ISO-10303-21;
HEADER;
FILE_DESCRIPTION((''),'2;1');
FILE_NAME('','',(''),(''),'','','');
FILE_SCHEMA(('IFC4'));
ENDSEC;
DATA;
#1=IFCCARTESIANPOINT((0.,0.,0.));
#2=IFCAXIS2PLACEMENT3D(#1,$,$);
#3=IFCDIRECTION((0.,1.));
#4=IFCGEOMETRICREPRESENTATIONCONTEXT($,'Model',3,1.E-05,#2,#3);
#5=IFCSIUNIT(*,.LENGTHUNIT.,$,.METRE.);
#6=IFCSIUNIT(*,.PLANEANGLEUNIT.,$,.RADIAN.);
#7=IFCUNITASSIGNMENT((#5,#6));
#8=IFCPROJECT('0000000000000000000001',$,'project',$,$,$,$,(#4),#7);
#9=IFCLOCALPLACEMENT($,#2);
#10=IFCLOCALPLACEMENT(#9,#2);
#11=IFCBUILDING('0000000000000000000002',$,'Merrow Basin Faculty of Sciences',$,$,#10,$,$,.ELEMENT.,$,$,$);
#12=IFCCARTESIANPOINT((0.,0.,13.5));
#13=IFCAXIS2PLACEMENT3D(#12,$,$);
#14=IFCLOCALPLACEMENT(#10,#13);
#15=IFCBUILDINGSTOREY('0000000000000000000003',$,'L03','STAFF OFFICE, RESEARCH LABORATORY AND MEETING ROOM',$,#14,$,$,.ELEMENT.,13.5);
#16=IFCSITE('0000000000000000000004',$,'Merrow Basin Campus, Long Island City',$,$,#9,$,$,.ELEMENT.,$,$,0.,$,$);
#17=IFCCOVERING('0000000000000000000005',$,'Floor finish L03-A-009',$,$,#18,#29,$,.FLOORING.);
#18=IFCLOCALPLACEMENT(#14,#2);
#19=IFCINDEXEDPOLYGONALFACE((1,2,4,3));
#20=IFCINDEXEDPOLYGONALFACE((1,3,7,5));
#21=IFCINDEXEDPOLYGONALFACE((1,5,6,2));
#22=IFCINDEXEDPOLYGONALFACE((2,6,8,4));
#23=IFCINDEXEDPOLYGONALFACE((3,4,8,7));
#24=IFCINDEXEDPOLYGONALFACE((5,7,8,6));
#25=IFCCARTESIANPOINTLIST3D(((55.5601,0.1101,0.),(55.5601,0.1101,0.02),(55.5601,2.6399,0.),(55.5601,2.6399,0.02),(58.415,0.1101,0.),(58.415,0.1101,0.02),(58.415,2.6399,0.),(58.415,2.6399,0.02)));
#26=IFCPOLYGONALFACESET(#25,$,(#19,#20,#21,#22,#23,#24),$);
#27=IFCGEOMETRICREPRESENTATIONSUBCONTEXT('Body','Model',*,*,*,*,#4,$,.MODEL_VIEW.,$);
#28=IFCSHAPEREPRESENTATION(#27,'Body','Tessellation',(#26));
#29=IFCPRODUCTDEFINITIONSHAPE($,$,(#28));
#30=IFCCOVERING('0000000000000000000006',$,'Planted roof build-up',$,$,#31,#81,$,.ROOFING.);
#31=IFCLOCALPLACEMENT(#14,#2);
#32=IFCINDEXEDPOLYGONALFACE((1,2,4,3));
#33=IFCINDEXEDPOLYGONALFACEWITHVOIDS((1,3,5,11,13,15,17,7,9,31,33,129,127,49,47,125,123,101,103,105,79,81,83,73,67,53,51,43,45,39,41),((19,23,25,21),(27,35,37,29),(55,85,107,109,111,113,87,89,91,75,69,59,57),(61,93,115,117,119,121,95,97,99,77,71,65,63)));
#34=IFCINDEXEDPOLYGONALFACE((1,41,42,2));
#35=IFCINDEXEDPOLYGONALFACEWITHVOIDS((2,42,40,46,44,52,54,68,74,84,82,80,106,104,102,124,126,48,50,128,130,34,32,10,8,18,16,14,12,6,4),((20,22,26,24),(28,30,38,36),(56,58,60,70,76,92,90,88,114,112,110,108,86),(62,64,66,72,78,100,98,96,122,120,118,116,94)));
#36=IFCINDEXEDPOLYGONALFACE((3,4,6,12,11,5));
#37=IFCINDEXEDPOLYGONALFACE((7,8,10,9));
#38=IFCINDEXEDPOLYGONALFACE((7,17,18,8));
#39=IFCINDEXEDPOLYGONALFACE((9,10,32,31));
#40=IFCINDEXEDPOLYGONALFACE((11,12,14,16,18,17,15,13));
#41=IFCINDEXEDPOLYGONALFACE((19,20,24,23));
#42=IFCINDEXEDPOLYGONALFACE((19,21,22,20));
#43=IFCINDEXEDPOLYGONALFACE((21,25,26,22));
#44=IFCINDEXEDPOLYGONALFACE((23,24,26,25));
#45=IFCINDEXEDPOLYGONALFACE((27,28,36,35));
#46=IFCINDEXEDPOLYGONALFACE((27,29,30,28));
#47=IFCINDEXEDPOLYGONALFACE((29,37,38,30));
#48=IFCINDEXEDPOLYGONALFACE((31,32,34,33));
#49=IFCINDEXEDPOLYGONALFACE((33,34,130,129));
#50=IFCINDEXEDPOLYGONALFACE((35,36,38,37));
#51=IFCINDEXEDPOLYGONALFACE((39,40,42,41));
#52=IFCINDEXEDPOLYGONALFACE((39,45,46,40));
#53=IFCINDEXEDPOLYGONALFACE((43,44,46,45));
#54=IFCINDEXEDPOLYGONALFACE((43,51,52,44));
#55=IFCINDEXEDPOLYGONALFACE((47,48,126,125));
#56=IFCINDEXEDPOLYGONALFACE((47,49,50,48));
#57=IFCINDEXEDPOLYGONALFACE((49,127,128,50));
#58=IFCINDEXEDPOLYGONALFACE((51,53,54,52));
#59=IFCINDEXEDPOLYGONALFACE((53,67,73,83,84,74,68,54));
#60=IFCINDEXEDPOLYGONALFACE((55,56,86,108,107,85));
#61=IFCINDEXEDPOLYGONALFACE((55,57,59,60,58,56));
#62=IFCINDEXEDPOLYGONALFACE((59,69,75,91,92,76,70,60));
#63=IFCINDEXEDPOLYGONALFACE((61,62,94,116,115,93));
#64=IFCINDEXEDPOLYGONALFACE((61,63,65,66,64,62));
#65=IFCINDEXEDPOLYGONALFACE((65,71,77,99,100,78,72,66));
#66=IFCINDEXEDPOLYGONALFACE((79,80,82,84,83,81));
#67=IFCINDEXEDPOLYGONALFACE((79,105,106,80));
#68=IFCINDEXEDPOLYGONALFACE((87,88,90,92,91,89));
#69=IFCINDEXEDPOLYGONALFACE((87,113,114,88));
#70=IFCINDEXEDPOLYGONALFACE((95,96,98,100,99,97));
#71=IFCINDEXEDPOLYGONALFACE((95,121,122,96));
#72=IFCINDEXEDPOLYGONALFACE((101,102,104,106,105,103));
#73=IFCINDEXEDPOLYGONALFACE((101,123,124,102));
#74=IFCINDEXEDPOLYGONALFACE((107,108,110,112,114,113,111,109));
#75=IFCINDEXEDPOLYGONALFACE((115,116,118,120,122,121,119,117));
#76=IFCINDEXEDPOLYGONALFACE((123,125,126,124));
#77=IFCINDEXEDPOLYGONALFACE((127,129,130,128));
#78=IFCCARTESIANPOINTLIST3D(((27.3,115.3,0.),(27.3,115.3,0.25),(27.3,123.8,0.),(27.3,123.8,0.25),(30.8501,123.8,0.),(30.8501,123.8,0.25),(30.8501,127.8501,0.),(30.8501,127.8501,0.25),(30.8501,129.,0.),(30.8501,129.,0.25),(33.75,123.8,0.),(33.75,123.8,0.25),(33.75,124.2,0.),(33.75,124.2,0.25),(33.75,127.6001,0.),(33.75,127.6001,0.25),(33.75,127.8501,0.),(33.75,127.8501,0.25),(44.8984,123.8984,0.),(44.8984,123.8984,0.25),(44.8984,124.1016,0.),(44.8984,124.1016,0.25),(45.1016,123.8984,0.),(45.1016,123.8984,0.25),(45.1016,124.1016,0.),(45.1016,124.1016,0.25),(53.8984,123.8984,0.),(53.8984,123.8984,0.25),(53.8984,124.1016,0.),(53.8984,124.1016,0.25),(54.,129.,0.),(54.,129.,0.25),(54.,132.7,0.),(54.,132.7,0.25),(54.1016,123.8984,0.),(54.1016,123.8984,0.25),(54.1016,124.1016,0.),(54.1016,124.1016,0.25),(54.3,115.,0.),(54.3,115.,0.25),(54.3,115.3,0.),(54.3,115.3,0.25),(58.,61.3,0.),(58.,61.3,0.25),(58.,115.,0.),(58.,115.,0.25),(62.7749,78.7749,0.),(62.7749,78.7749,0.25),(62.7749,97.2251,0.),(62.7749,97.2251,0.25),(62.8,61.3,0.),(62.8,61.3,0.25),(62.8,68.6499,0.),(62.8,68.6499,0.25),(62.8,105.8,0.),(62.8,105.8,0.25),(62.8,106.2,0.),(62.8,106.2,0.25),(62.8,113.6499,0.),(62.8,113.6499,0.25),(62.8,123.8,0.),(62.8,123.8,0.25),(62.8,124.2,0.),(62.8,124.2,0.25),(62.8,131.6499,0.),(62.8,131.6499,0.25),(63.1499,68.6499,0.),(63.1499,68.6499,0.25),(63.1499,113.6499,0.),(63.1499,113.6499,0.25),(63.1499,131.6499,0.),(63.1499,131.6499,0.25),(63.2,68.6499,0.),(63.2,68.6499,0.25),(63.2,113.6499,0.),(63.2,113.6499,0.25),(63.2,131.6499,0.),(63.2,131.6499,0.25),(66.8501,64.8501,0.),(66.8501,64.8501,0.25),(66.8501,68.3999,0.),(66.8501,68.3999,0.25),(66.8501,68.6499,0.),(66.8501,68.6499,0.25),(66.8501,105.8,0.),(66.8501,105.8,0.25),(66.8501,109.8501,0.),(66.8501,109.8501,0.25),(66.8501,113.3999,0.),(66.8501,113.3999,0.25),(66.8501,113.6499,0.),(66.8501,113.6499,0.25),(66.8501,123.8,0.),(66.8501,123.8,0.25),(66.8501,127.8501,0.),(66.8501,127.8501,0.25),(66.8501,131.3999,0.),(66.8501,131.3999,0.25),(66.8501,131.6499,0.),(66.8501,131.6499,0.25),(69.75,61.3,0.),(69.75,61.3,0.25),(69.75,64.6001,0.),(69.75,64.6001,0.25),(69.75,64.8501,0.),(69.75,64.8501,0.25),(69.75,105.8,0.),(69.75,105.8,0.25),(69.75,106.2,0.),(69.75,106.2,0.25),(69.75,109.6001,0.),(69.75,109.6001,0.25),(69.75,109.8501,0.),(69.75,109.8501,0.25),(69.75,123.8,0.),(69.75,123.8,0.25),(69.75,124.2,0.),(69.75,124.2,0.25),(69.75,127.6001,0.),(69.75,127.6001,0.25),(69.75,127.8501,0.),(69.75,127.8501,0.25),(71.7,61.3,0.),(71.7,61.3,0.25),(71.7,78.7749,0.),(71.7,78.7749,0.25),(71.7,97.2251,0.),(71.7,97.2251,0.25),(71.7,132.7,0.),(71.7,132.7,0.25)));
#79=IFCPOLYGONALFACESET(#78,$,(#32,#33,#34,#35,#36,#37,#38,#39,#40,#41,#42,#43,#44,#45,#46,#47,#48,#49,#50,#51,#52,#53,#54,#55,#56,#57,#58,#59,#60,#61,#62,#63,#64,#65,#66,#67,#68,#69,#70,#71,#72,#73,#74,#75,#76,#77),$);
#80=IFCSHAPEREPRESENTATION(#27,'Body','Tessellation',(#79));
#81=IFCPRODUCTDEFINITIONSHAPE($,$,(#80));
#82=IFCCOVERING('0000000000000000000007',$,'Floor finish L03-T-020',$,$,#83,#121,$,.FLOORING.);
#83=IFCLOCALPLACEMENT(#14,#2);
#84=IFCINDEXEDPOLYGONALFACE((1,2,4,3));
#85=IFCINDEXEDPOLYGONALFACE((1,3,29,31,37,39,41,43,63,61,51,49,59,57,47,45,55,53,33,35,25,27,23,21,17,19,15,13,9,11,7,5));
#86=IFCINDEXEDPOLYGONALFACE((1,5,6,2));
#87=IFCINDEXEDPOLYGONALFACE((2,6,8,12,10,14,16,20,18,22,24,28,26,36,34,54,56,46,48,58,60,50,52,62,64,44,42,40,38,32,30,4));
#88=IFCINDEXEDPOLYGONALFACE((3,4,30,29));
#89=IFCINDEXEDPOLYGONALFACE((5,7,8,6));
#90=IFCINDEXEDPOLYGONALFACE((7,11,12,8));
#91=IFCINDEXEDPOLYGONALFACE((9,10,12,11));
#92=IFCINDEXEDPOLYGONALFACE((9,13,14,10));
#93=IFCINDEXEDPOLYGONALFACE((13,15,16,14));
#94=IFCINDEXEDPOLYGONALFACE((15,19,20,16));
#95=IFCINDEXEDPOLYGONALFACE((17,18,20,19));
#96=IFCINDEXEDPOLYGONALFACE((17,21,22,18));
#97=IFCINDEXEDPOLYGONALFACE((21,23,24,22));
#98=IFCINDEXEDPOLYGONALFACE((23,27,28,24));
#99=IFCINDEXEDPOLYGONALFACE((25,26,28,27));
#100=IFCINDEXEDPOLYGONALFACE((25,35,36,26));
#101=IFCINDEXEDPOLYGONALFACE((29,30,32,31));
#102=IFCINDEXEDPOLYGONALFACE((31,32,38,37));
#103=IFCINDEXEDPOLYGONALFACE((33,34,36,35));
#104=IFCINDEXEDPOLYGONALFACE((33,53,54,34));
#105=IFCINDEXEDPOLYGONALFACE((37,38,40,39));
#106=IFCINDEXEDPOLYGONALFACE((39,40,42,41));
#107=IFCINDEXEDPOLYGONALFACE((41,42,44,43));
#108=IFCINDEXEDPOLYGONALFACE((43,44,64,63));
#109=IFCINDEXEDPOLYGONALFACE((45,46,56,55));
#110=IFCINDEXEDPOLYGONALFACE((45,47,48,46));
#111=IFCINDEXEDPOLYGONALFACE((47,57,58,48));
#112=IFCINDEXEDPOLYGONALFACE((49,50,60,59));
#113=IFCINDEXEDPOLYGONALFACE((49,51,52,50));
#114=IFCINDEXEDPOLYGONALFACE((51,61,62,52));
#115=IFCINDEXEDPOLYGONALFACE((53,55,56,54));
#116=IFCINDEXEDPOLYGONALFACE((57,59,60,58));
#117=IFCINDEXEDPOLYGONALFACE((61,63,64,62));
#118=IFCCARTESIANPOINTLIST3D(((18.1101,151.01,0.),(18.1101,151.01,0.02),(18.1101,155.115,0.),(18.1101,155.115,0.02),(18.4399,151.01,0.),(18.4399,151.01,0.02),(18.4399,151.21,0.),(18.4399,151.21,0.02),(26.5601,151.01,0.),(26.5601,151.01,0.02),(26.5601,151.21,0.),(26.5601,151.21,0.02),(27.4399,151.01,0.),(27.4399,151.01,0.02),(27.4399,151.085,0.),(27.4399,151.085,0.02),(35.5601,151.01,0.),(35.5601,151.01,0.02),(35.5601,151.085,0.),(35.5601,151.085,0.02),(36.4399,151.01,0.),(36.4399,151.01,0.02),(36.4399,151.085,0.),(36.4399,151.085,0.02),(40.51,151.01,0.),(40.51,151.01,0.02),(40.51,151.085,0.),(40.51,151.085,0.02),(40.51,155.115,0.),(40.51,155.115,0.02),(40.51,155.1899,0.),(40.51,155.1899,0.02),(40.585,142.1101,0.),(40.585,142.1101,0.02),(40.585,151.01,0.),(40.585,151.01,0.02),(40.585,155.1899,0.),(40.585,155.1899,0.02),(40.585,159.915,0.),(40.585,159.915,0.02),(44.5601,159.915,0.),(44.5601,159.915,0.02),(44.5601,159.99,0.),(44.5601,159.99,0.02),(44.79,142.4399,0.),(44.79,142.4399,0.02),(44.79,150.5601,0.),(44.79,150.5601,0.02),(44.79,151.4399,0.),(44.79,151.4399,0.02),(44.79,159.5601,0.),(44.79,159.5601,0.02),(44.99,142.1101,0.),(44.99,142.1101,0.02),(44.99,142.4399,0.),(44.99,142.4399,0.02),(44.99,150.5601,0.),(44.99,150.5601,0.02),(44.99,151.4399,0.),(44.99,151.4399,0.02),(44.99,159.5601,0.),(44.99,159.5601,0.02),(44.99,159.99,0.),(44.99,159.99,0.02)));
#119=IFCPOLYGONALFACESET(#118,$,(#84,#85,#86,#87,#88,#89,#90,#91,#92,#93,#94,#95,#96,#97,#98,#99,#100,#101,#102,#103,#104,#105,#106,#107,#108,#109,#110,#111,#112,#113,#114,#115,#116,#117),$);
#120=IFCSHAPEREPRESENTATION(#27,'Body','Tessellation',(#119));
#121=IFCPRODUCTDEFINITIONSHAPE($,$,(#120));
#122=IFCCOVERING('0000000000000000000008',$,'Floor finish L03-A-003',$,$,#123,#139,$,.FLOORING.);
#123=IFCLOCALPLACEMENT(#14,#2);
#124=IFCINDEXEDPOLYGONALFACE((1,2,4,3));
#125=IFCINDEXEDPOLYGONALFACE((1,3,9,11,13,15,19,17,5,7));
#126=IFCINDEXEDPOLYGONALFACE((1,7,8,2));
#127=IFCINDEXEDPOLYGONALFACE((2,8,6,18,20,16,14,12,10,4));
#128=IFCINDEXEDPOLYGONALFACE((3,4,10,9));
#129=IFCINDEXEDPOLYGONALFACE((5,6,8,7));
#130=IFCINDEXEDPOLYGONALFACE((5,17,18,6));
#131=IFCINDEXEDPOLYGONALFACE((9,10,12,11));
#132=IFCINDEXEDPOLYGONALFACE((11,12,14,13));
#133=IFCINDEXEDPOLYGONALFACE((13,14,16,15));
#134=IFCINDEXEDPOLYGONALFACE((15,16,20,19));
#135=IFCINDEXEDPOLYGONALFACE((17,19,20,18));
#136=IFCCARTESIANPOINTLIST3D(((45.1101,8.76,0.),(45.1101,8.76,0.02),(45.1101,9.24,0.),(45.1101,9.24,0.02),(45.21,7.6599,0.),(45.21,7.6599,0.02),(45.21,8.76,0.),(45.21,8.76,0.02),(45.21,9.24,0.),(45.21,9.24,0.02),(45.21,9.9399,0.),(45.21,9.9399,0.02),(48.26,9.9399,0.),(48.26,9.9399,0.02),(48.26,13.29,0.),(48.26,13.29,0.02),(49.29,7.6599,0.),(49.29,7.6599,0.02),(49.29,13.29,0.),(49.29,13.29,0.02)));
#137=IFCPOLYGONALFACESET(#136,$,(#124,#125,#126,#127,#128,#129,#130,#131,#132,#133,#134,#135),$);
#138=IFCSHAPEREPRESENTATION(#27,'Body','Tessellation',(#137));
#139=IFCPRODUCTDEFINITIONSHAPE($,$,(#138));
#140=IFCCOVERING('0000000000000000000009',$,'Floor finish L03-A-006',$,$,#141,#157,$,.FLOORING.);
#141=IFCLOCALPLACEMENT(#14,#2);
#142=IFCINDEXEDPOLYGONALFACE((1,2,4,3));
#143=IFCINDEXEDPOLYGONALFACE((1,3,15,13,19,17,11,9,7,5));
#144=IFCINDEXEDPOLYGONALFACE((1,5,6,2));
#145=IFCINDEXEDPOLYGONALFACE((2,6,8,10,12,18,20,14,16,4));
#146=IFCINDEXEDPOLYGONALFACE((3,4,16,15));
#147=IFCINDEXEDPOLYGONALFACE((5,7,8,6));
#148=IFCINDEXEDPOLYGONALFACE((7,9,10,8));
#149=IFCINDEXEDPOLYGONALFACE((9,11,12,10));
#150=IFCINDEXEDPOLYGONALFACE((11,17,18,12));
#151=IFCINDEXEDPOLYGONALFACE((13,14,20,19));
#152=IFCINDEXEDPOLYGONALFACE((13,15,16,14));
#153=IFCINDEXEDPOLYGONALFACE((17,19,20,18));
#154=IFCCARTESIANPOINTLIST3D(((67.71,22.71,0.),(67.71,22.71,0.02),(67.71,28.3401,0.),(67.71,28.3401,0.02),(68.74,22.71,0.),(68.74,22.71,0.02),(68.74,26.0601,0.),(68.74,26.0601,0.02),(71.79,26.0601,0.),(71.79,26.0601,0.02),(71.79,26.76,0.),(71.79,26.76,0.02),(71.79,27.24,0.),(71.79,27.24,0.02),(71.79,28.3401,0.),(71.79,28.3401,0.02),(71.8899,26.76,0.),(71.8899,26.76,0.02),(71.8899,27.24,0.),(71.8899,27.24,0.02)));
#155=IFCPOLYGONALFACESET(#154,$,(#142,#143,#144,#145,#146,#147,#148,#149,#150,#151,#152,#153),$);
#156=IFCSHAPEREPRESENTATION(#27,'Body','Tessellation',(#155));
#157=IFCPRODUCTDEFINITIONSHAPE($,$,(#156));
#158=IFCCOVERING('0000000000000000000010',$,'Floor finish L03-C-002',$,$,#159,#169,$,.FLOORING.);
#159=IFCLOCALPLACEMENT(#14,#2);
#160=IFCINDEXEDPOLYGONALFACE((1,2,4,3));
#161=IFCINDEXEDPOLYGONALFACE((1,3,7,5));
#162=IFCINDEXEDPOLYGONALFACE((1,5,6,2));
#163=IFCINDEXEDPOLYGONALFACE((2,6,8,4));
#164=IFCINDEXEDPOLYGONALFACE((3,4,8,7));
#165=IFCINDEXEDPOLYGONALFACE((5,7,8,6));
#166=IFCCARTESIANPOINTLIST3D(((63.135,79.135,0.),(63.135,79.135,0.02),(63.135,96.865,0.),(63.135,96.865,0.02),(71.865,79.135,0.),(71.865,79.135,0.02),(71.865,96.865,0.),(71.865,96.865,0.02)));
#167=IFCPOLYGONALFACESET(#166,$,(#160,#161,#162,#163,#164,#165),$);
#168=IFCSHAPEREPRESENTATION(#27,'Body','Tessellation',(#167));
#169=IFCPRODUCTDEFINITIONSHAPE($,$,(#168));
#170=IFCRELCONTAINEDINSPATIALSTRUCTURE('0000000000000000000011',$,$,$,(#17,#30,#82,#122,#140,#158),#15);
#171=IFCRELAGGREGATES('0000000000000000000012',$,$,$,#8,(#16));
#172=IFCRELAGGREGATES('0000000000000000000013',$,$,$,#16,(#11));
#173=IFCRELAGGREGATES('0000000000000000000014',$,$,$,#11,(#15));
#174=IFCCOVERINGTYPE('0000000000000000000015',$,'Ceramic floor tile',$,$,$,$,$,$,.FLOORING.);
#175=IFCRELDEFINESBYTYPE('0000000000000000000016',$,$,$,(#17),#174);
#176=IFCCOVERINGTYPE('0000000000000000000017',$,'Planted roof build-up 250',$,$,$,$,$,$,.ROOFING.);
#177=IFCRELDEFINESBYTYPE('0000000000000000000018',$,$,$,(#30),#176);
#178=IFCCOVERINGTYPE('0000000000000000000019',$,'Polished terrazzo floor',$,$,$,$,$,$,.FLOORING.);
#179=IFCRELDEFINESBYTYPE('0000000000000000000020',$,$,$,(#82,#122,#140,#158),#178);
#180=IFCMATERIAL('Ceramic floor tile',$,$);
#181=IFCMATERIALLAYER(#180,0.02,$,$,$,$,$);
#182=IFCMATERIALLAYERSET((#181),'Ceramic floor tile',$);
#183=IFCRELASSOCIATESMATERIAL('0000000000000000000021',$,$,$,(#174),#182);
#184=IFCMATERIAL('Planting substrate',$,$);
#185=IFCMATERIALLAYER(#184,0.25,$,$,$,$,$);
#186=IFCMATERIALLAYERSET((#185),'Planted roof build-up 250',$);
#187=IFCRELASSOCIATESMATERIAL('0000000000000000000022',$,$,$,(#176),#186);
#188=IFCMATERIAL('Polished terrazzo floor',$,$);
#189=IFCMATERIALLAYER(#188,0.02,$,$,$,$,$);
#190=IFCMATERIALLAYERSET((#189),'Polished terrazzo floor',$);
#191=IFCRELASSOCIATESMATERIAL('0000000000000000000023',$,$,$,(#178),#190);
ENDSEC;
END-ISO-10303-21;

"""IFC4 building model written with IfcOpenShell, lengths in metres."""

from ifc_helpers import new_model, si_unit, direction, frame, origin, place, context, subcontext, project, spatial, polyline, outline, extrude, material, layer, layer_set, type_object, element, save


model = new_model("IFC4")

# Units and contexts
model_context = context("Model", 3, precision=1e-05, world=origin(), true_north=direction((0.0, 1.0)))
body_context = subcontext(model_context, "Body", "Model", "MODEL_VIEW")
ifc_project = project(units=[si_unit("LENGTHUNIT", "METRE"), si_unit("PLANEANGLEUNIT", "RADIAN")], contexts=[model_context])

# Site, building, storey
site_placement = place(None, origin())
site = spatial("IfcSite", under=ifc_project, at=site_placement, Name="Merrow Basin Campus, Long Island City", CompositionType="ELEMENT", RefElevation=0.0)
building_placement = place(site_placement, origin())
building = spatial("IfcBuilding", under=site, at=building_placement, Name="Merrow Basin Faculty of Sciences", CompositionType="ELEMENT")
storey_placement = place(building_placement, frame((0.0, 0.0, 13.5)))
storey = spatial("IfcBuildingStorey", under=building, at=storey_placement, Name="L03", Description="STAFF OFFICE, RESEARCH LABORATORY AND MEETING ROOM", CompositionType="ELEMENT", Elevation=13.5)

# Coverings
ifc_material_1 = material(Name="Ceramic floor tile")
ifc_layer_1 = layer(ifc_material_1, 0.02)
ifc_layer_set_1 = layer_set([ifc_layer_1], Name="Ceramic floor tile")
covering_type_1 = type_object("IfcCoveringType", Name="Ceramic floor tile", PredefinedType="FLOORING", material=ifc_layer_set_1)
covering_1_placement = place(storey_placement, origin())
element("IfcCovering", 1, at=covering_1_placement, inside=storey, type_object=covering_type_1, Name="Floor finish L03-A-009", PredefinedType="FLOORING", context=body_context, shape_type="SweptSolid", body=[
    extrude(outline(polyline([(55.5601, 0.1101), (55.5601, 2.6399), (58.415, 2.6399), (58.415, 0.1101), (55.5601, 0.1101)])), origin(), (0.0, 0.0, 1.0), 0.02),
])
ifc_material_2 = material(Name="Planting substrate")
ifc_layer_2 = layer(ifc_material_2, 0.25)
ifc_layer_set_2 = layer_set([ifc_layer_2], Name="Planted roof build-up 250")
covering_type_2 = type_object("IfcCoveringType", Name="Planted roof build-up 250", PredefinedType="ROOFING", material=ifc_layer_set_2)
covering_2_placement = place(storey_placement, origin())
element("IfcCovering", 2, at=covering_2_placement, inside=storey, type_object=covering_type_2, Name="Planted roof build-up", PredefinedType="ROOFING", context=body_context, shape_type="SweptSolid", body=[
    extrude(outline(polyline([(62.7749, 97.2251), (62.7749, 78.7749), (71.7, 78.7749), (71.7, 61.3), (69.75, 61.3), (69.75, 64.6001), (69.75, 64.8501), (66.8501, 64.8501), (66.8501, 68.3999), (66.8501, 68.6499), (63.2, 68.6499), (63.1499, 68.6499), (62.8, 68.6499), (62.8, 61.3), (58.0, 61.3), (58.0, 115.0), (54.3, 115.0), (54.3, 115.3), (27.3, 115.3), (27.3, 123.8), (30.8501, 123.8), (33.75, 123.8), (33.75, 124.2), (33.75, 127.6001), (33.75, 127.8501), (30.8501, 127.8501), (30.8501, 129.0), (54.0, 129.0), (54.0, 132.7), (71.7, 132.7), (71.7, 97.2251), (62.7749, 97.2251)]), holes=[polyline([(44.8984, 124.1016), (44.8984, 123.8984), (45.1016, 123.8984), (45.1016, 124.1016), (44.8984, 124.1016)]), polyline([(53.8984, 124.1016), (53.8984, 123.8984), (54.1016, 123.8984), (54.1016, 124.1016), (53.8984, 124.1016)]), polyline([(62.8, 131.6499), (62.8, 124.2), (62.8, 123.8), (66.8501, 123.8), (69.75, 123.8), (69.75, 124.2), (69.75, 127.6001), (69.75, 127.8501), (66.8501, 127.8501), (66.8501, 131.3999), (66.8501, 131.6499), (63.2, 131.6499), (63.1499, 131.6499), (62.8, 131.6499)]), polyline([(62.8, 106.2), (62.8, 105.8), (66.8501, 105.8), (69.75, 105.8), (69.75, 106.2), (69.75, 109.6001), (69.75, 109.8501), (66.8501, 109.8501), (66.8501, 113.3999), (66.8501, 113.6499), (63.2, 113.6499), (63.1499, 113.6499), (62.8, 113.6499), (62.8, 106.2)])]), origin(), (0.0, 0.0, 1.0), 0.25),
])
ifc_material_3 = material(Name="Polished terrazzo floor")
ifc_layer_3 = layer(ifc_material_3, 0.02)
ifc_layer_set_3 = layer_set([ifc_layer_3], Name="Polished terrazzo floor")
covering_type_3 = type_object("IfcCoveringType", Name="Polished terrazzo floor", PredefinedType="FLOORING", material=ifc_layer_set_3)
covering_3_placement = place(storey_placement, origin())
element("IfcCovering", 3, at=covering_3_placement, inside=storey, type_object=covering_type_3, Name="Floor finish L03-T-020", PredefinedType="FLOORING", context=body_context, shape_type="SweptSolid", body=[
    extrude(outline(polyline([(44.99, 159.5601), (44.79, 159.5601), (44.79, 151.4399), (44.99, 151.4399), (44.99, 150.5601), (44.79, 150.5601), (44.79, 142.4399), (44.99, 142.4399), (44.99, 142.1101), (40.585, 142.1101), (40.585, 151.01), (40.51, 151.01), (40.51, 151.085), (36.4399, 151.085), (36.4399, 151.01), (35.5601, 151.01), (35.5601, 151.085), (27.4399, 151.085), (27.4399, 151.01), (26.5601, 151.01), (26.5601, 151.21), (18.4399, 151.21), (18.4399, 151.01), (18.1101, 151.01), (18.1101, 155.115), (40.51, 155.115), (40.51, 155.1899), (40.585, 155.1899), (40.585, 159.915), (44.5601, 159.915), (44.5601, 159.99), (44.99, 159.99), (44.99, 159.5601)])), origin(), (0.0, 0.0, 1.0), 0.02),
])
covering_4_placement = place(storey_placement, origin())
element("IfcCovering", 4, at=covering_4_placement, inside=storey, type_object=covering_type_3, Name="Floor finish L03-A-003", PredefinedType="FLOORING", context=body_context, shape_type="SweptSolid", body=[
    extrude(outline(polyline([(45.1101, 9.24), (45.21, 9.24), (45.21, 9.9399), (48.26, 9.9399), (48.26, 13.29), (49.29, 13.29), (49.29, 7.6599), (45.21, 7.6599), (45.21, 8.76), (45.1101, 8.76), (45.1101, 9.24)])), origin(), (0.0, 0.0, 1.0), 0.02),
])
covering_5_placement = place(storey_placement, origin())
element("IfcCovering", 5, at=covering_5_placement, inside=storey, type_object=covering_type_3, Name="Floor finish L03-A-006", PredefinedType="FLOORING", context=body_context, shape_type="SweptSolid", body=[
    extrude(outline(polyline([(71.8899, 26.76), (71.79, 26.76), (71.79, 26.0601), (68.74, 26.0601), (68.74, 22.71), (67.71, 22.71), (67.71, 28.3401), (71.79, 28.3401), (71.79, 27.24), (71.8899, 27.24), (71.8899, 26.76)])), origin(), (0.0, 0.0, 1.0), 0.02),
])
covering_6_placement = place(storey_placement, origin())
element("IfcCovering", 6, at=covering_6_placement, inside=storey, type_object=covering_type_3, Name="Floor finish L03-C-002", PredefinedType="FLOORING", context=body_context, shape_type="SweptSolid", body=[
    extrude(outline(polyline([(71.865, 79.135), (63.135, 79.135), (63.135, 96.865), (71.865, 96.865), (71.865, 79.135)])), origin(), (0.0, 0.0, 1.0), 0.02),
])

save(model, "model.ifc")
